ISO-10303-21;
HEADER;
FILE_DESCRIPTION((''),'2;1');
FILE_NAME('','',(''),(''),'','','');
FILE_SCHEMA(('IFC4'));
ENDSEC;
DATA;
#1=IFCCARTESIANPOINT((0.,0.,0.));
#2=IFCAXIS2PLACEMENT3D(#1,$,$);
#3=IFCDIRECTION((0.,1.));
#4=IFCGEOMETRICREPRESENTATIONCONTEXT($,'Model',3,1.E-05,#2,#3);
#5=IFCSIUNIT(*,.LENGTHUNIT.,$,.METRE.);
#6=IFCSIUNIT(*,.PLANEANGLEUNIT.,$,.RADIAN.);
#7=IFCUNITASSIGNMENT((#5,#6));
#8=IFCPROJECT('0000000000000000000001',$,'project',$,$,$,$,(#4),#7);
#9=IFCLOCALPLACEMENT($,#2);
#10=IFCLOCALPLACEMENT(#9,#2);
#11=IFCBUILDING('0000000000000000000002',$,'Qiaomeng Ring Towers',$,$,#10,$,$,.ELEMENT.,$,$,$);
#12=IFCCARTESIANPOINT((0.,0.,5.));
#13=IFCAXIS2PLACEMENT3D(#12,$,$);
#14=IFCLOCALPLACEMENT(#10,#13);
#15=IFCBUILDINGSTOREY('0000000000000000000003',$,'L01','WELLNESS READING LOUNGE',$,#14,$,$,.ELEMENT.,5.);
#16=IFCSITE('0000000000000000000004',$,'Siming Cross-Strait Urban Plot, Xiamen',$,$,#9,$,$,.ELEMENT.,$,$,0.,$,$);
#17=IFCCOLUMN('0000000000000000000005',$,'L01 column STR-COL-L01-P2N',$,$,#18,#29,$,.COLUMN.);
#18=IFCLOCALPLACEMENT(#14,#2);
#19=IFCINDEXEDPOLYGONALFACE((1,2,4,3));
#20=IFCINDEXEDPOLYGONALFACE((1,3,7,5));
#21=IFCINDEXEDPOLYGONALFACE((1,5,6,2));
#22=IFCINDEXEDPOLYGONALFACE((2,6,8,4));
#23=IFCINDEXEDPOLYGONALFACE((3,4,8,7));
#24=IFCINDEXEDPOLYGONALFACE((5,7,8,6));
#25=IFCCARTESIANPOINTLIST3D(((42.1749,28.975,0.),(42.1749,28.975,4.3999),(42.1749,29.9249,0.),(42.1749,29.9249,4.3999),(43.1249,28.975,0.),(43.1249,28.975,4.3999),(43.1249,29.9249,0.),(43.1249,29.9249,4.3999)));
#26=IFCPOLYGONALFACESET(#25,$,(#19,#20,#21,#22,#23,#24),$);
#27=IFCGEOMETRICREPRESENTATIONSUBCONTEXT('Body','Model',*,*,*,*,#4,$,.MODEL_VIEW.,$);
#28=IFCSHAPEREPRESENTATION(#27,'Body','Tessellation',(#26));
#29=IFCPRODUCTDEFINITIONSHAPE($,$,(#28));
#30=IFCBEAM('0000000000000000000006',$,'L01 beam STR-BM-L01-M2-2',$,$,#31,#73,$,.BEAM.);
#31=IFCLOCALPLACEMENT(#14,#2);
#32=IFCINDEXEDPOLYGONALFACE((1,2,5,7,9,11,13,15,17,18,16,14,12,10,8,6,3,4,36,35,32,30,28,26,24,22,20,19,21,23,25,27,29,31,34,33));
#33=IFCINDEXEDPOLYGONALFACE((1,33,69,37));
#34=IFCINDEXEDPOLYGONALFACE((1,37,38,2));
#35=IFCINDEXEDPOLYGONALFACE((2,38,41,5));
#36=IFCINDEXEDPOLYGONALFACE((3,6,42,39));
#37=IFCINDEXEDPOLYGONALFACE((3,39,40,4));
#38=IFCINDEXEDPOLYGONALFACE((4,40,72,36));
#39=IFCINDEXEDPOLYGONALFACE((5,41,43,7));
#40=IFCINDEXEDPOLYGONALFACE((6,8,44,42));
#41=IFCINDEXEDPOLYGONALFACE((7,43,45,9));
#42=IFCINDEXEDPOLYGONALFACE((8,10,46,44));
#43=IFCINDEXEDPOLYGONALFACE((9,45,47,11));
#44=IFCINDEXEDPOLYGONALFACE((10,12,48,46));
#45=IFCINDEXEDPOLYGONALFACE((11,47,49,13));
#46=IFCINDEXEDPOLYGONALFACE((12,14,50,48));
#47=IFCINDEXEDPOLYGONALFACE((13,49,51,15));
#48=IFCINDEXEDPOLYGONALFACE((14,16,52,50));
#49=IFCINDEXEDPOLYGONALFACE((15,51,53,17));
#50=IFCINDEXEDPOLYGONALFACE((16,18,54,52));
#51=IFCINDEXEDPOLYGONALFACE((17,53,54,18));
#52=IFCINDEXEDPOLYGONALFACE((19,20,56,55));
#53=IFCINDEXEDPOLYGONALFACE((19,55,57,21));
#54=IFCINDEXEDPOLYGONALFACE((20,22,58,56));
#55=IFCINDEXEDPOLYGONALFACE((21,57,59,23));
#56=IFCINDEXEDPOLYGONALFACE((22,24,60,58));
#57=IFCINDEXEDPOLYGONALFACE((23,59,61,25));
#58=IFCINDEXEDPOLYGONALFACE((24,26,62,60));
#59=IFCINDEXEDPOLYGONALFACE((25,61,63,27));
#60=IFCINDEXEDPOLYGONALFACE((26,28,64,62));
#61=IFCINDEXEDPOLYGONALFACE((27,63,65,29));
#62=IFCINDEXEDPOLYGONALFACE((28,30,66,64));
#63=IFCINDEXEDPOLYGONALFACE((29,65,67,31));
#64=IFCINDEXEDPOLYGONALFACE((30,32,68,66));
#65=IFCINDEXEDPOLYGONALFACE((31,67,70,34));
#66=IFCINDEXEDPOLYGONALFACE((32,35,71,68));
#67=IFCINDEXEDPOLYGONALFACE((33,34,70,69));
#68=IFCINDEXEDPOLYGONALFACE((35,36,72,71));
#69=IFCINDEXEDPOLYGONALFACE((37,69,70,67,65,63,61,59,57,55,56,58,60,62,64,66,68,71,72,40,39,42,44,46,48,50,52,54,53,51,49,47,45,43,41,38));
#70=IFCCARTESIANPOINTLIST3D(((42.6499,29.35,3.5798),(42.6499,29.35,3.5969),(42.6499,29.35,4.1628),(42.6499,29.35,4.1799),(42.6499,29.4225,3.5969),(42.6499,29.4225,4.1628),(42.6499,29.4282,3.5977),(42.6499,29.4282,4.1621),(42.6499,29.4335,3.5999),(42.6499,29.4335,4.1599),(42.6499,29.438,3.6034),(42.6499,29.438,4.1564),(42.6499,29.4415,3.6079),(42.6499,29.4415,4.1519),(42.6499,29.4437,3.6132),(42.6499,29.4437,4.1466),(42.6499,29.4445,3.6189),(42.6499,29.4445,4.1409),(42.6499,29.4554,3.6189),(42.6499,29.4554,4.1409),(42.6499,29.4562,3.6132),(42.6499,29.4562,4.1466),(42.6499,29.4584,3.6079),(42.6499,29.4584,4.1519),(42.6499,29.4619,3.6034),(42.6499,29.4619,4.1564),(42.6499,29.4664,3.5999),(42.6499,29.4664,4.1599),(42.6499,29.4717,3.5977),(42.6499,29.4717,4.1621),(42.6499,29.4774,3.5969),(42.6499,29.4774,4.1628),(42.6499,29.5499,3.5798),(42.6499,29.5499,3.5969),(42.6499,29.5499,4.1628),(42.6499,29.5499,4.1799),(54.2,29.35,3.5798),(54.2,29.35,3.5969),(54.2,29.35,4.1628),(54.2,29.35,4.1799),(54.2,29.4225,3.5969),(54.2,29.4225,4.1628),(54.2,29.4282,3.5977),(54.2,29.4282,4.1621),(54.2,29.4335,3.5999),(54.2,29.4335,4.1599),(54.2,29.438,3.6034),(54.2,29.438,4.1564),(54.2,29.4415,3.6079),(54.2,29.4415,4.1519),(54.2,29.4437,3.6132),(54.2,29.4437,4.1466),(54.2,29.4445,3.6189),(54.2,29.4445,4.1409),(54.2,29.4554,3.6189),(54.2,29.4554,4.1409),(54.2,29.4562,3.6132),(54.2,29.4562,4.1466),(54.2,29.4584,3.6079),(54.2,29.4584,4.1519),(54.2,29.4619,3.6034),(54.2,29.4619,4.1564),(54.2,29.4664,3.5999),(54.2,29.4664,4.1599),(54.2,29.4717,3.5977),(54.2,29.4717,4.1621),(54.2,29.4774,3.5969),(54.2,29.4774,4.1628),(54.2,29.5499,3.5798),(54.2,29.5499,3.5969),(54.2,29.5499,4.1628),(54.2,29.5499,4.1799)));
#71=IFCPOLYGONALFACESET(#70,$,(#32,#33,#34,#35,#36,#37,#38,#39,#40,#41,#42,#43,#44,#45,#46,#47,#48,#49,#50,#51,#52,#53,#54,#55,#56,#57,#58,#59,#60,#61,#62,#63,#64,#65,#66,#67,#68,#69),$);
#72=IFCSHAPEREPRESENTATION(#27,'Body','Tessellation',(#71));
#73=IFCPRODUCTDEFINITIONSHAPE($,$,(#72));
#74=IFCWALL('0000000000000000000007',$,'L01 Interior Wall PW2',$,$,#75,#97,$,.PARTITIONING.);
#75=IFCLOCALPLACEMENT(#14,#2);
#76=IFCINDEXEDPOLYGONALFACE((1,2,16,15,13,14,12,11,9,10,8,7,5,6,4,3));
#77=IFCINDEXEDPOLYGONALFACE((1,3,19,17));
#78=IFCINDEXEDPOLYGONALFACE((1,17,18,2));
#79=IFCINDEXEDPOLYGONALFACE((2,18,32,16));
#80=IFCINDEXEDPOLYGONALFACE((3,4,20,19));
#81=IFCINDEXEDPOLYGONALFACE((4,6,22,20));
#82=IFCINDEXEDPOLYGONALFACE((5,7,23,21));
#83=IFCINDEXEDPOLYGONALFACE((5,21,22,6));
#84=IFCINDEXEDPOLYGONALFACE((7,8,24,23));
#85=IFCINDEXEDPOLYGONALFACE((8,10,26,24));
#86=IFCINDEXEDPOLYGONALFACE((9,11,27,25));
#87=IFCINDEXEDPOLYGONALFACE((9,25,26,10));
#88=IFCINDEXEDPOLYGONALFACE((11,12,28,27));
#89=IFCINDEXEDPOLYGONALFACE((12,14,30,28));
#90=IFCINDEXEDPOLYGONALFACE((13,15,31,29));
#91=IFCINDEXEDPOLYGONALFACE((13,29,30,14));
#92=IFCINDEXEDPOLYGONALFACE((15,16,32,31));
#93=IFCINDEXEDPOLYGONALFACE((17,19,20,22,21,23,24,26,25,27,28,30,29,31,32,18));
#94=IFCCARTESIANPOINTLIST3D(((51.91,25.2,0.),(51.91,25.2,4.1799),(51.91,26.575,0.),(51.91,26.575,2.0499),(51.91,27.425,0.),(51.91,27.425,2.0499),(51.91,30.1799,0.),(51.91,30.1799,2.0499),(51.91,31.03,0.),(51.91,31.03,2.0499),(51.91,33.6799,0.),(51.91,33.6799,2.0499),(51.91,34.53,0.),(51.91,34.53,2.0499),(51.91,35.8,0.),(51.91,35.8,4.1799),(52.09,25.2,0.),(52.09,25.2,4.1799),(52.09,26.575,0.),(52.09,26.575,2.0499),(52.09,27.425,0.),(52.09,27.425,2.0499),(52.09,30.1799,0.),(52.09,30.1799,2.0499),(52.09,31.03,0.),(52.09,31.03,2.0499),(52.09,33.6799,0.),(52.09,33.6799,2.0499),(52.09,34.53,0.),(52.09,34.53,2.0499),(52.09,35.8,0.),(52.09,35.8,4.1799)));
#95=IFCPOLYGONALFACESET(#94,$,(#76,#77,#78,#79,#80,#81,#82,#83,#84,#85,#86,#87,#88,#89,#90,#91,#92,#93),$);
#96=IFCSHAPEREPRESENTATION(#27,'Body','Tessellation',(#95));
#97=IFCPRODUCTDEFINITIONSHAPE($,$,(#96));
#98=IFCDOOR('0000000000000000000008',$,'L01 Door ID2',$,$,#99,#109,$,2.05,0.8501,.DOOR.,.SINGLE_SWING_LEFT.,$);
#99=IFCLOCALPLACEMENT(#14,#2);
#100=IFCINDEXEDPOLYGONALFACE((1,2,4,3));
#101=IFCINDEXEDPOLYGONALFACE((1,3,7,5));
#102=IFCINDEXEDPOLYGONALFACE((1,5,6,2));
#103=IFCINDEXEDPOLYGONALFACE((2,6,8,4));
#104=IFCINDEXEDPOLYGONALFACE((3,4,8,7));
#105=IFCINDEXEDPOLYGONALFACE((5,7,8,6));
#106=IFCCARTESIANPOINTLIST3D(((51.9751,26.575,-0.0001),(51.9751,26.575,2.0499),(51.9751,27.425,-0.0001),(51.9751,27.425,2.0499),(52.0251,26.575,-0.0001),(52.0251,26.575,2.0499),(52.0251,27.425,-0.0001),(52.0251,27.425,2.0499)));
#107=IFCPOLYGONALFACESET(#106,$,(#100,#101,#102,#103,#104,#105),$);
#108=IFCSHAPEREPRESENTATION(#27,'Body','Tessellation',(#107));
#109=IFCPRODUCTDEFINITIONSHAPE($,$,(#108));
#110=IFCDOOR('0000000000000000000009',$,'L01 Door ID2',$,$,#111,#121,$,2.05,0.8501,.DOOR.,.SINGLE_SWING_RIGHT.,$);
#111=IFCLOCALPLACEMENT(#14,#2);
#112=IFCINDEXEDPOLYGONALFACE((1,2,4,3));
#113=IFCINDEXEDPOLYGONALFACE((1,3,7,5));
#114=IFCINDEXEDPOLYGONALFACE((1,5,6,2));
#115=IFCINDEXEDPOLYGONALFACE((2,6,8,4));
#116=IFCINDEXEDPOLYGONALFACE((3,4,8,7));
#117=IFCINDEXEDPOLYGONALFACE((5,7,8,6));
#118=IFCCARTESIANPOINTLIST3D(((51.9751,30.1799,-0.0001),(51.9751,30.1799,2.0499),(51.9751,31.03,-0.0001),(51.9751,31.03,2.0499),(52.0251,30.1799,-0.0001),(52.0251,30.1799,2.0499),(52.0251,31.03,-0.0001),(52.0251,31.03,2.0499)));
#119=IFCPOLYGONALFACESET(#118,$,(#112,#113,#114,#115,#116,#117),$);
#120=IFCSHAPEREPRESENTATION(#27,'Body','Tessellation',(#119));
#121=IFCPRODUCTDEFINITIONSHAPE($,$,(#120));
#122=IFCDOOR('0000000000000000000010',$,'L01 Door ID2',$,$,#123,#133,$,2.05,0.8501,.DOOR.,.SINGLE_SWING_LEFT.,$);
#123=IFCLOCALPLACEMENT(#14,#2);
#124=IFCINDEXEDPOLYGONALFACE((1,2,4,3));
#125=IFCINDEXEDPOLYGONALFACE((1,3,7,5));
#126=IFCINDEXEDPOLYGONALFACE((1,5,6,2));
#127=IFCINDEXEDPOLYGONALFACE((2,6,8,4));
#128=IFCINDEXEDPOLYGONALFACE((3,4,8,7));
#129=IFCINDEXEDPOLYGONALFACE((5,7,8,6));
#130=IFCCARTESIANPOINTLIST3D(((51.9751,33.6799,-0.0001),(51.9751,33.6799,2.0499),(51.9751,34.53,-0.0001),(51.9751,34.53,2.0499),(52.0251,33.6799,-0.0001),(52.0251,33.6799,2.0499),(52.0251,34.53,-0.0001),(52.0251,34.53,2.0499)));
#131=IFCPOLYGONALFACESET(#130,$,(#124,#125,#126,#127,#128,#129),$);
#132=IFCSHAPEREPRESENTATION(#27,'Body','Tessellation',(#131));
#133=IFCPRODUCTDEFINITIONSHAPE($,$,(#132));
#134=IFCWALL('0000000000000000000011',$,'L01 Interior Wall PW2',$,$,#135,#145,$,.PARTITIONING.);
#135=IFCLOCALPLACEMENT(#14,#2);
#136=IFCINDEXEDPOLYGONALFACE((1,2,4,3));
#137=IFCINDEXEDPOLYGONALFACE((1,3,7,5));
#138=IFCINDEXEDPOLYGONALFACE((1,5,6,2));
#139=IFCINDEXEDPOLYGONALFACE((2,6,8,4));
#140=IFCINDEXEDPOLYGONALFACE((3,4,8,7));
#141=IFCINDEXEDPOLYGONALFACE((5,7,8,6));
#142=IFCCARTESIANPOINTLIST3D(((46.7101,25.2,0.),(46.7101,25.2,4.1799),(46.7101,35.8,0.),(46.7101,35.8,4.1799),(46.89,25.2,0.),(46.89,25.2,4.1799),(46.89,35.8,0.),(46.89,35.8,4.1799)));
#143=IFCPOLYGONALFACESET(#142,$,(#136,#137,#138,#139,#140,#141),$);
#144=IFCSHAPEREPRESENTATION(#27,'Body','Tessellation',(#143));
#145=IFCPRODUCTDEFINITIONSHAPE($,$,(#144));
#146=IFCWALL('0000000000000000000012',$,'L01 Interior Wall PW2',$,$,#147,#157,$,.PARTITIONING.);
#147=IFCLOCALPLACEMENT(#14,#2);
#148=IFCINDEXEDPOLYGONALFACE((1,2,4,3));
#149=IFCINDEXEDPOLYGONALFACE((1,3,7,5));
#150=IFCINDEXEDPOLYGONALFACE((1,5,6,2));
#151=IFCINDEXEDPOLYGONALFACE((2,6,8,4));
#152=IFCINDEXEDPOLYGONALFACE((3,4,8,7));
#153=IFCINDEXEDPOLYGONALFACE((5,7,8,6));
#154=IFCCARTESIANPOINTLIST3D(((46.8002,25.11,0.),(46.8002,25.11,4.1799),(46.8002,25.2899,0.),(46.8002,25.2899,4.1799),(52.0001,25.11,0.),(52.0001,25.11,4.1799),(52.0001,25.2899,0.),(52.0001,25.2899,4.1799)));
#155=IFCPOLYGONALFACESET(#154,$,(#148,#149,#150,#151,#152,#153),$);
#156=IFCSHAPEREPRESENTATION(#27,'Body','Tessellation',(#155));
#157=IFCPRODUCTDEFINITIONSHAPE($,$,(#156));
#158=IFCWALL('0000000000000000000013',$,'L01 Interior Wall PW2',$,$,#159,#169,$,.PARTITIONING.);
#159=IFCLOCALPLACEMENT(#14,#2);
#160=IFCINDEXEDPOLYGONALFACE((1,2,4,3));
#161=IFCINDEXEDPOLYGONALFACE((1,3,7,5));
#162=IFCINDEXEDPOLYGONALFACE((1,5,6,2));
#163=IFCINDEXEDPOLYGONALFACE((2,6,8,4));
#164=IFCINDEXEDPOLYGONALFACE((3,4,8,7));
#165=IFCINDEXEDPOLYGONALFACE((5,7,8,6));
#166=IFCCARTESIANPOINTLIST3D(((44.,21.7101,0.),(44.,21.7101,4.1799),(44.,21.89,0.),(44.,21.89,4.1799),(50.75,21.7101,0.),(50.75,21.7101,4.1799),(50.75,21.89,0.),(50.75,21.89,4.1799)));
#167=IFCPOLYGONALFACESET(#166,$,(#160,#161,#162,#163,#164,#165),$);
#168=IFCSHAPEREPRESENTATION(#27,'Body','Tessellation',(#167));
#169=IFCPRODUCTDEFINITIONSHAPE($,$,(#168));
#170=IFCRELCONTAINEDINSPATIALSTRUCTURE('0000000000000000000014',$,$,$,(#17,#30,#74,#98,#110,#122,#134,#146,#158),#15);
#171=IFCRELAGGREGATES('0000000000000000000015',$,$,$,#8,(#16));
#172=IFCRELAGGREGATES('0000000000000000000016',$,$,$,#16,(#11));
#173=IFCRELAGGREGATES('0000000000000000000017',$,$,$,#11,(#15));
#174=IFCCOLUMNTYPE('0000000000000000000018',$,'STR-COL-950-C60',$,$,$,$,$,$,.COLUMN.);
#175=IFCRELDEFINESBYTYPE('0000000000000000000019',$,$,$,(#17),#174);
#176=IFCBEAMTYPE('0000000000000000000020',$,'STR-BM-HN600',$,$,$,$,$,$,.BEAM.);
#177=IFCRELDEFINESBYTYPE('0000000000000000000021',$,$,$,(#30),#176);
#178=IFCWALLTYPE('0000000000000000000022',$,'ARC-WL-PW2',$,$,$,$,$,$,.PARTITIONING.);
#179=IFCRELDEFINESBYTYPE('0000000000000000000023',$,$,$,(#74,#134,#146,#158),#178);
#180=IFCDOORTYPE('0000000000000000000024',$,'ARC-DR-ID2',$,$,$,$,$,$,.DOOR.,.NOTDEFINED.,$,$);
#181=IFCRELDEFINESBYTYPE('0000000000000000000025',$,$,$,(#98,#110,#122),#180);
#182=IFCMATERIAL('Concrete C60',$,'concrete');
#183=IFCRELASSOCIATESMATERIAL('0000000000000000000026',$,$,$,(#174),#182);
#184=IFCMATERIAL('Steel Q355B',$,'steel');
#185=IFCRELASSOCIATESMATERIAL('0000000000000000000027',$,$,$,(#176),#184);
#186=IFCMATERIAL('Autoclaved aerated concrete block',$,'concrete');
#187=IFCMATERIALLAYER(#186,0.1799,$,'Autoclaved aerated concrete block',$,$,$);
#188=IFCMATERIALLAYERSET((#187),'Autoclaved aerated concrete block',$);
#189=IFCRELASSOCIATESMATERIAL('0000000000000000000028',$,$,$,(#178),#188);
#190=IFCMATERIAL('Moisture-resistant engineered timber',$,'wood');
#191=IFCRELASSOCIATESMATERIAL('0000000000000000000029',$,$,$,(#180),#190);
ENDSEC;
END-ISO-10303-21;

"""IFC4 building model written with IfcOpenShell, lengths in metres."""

from ifc_helpers import new_model, si_unit, direction, frame, frame_2d, origin, origin_2d, place, context, subcontext, project, spatial, rectangle, i_section, extrude, source, transform, mapped, material, layer, layer_set, material_profile, profile_set, type_object, element, fill, save


model = new_model("IFC4")

# Units and contexts
model_context = context("Model", 3, precision=1e-05, world=origin(), true_north=direction((0.0, 1.0)))
body_context = subcontext(model_context, "Body", "Model", "MODEL_VIEW")
ifc_project = project(units=[si_unit("LENGTHUNIT", "METRE"), si_unit("PLANEANGLEUNIT", "RADIAN")], contexts=[model_context])

# Site, building, storey
site_placement = place(None, origin())
site = spatial("IfcSite", under=ifc_project, at=site_placement, Name="Siming Cross-Strait Urban Plot, Xiamen", CompositionType="ELEMENT", RefElevation=0.0)
building_placement = place(site_placement, origin())
building = spatial("IfcBuilding", under=site, at=building_placement, Name="Qiaomeng Ring Towers", CompositionType="ELEMENT")
storey_placement = place(building_placement, frame((0.0, 0.0, 5.0)))
storey = spatial("IfcBuildingStorey", under=building, at=storey_placement, Name="L01", Description="WELLNESS READING LOUNGE", CompositionType="ELEMENT", Elevation=5.0)

# Column
ifc_material_1 = material(Name="Concrete C60", Category="concrete")
ifc_material_profile_1 = material_profile(ifc_material_1, rectangle(XDim=0.95, YDim=0.95, at=origin_2d()), Name="RC COL 950x950")
ifc_profile_set_1 = profile_set([ifc_material_profile_1], Name="Concrete C60")
column_type = type_object("IfcColumnType", Name="STR-COL-950-C60", PredefinedType="COLUMN", material=ifc_profile_set_1)
shared_shape_1 = source(origin(), body_context, "Body", "SweptSolid", [
    extrude(rectangle(XDim=0.95, YDim=0.95, at=origin_2d()), origin(), (0.0, 0.0, 1.0), 4.3999),
])
column_placement = place(storey_placement, frame((42.6499, 29.45, 0.0), z_axis=(0.0, 0.0, 1.0), x_axis=(1.0, 0.0, 0.0)))
element("IfcColumn", 1, at=column_placement, inside=storey, type_object=column_type, Name="L01 column STR-COL-L01-P2N", PredefinedType="COLUMN", context=body_context, shape_type="MappedRepresentation", body=[
    mapped(shared_shape_1, transform((0.0, 0.0, 0.0), x_axis=(1.0, 0.0, 0.0), y_axis=(0.0, 1.0, 0.0), z_axis=(0.0, 0.0, 1.0), scale=1.0)),
])

# Beam
ifc_material_2 = material(Name="Steel Q355B", Category="steel")
ifc_material_profile_2 = material_profile(ifc_material_2, i_section(OverallWidth=0.2, OverallDepth=0.6001, WebThickness=0.011, FlangeThickness=0.0171, FilletRadius=0.022, at=origin_2d()), Name="HN 600x200x11x17")
ifc_profile_set_2 = profile_set([ifc_material_profile_2], Name="Steel Q355B")
beam_type = type_object("IfcBeamType", Name="STR-BM-HN600", PredefinedType="BEAM", material=ifc_profile_set_2)
shared_shape_2 = source(origin(), body_context, "Body", "SweptSolid", [
    extrude(i_section(OverallWidth=0.2, OverallDepth=0.6001, WebThickness=0.011, FlangeThickness=0.0171, FilletRadius=0.022, at=origin_2d()), origin(), (0.0, 0.0, 1.0), 11.55),
])
beam_placement = place(storey_placement, frame((42.6499, 29.45, 3.8799), z_axis=(1.0, 0.0, 0.0), x_axis=(0.0, 1.0, 0.0)))
element("IfcBeam", 2, at=beam_placement, inside=storey, type_object=beam_type, Name="L01 beam STR-BM-L01-M2-2", PredefinedType="BEAM", context=body_context, shape_type="MappedRepresentation", body=[
    mapped(shared_shape_2, transform((0.0, 0.0, 0.0), x_axis=(1.0, 0.0, 0.0), y_axis=(0.0, 1.0, 0.0), z_axis=(0.0, 0.0, 1.0), scale=1.0)),
])

# Wall, openings, doors
ifc_material_3 = material(Name="Autoclaved aerated concrete block", Category="concrete")
ifc_layer_1 = layer(ifc_material_3, 0.1799, Name="Autoclaved aerated concrete block")
ifc_layer_set_1 = layer_set([ifc_layer_1], Name="Autoclaved aerated concrete block")
wall_type_1 = type_object("IfcWallType", Name="ARC-WL-PW2", PredefinedType="PARTITIONING", material=ifc_layer_set_1)
wall_1_placement = place(storey_placement, frame((52.0, 25.2, 0.0), z_axis=(0.0, 0.0, 1.0), x_axis=(0.0, 1.0, 0.0)))
wall_1 = element("IfcWall", 3, at=wall_1_placement, inside=storey, type_object=wall_type_1, Name="L01 Interior Wall PW2", PredefinedType="PARTITIONING", context=body_context, shape_type="SweptSolid", body=[
    extrude(rectangle(XDim=10.6001, YDim=0.1799, at=frame_2d((5.3, 0.0))), origin(), (0.0, 0.0, 1.0), 4.1799),
])
opening_1_placement = place(wall_1_placement, frame((1.375, 0.0, 0.0)))
opening_1 = element("IfcOpeningElement", 4, at=opening_1_placement, cuts=wall_1, PredefinedType="OPENING", context=body_context, shape_type="SweptSolid", body=[
    extrude(rectangle(XDim=0.8501, YDim=2.05, at=frame_2d((0.425, 1.0249))), frame((0.0, 0.0999, 0.0), z_axis=(0.0, -1.0, 0.0), x_axis=(1.0, 0.0, 0.0)), (0.0, 0.0, 1.0), 0.2),
])
opening_2_placement = place(wall_1_placement, frame((4.98, 0.0, 0.0)))
opening_2 = element("IfcOpeningElement", 5, at=opening_2_placement, cuts=wall_1, PredefinedType="OPENING", context=body_context, shape_type="SweptSolid", body=[
    extrude(rectangle(XDim=0.8501, YDim=2.05, at=frame_2d((0.425, 1.0249))), frame((0.0, 0.0999, 0.0), z_axis=(0.0, -1.0, 0.0), x_axis=(1.0, 0.0, 0.0)), (0.0, 0.0, 1.0), 0.2),
])
opening_3_placement = place(wall_1_placement, frame((8.48, 0.0, 0.0)))
opening_3 = element("IfcOpeningElement", 6, at=opening_3_placement, cuts=wall_1, PredefinedType="OPENING", context=body_context, shape_type="SweptSolid", body=[
    extrude(rectangle(XDim=0.8501, YDim=2.05, at=frame_2d((0.425, 1.0249))), frame((0.0, 0.0999, 0.0), z_axis=(0.0, -1.0, 0.0), x_axis=(1.0, 0.0, 0.0)), (0.0, 0.0, 1.0), 0.2),
])
ifc_material_4 = material(Name="Moisture-resistant engineered timber", Category="wood")
door_type_1 = type_object("IfcDoorType", Name="ARC-DR-ID2", OperationType="NOTDEFINED", PredefinedType="DOOR", material=ifc_material_4)
shared_shape_3 = source(origin(), body_context, "Body", "SweptSolid", [
    extrude(rectangle(XDim=0.8501, YDim=2.05, at=frame_2d((0.425, 1.0249))), frame((0.0, 0.0249, 0.0), z_axis=(0.0, -1.0, 0.0), x_axis=(1.0, 0.0, 0.0)), (0.0, 0.0, 1.0), 0.05),
])
door_1_placement = place(opening_1_placement, origin())
door_1 = element("IfcDoor", 7, at=door_1_placement, inside=storey, type_object=door_type_1, Name="L01 Door ID2", OperationType="SINGLE_SWING_LEFT", OverallHeight=2.05, OverallWidth=0.8501, PredefinedType="DOOR", context=body_context, shape_type="MappedRepresentation", body=[
    mapped(shared_shape_3, transform((0.0, 0.0, 0.0), x_axis=(1.0, 0.0, 0.0), y_axis=(0.0, 1.0, 0.0), z_axis=(0.0, 0.0, 1.0), scale=1.0)),
])
fill(opening_1, door_1)
door_2_placement = place(opening_2_placement, origin())
door_2 = element("IfcDoor", 8, at=door_2_placement, inside=storey, type_object=door_type_1, Name="L01 Door ID2", OperationType="SINGLE_SWING_RIGHT", OverallHeight=2.05, OverallWidth=0.8501, PredefinedType="DOOR", context=body_context, shape_type="MappedRepresentation", body=[
    mapped(shared_shape_3, transform((0.0, 0.0, 0.0), x_axis=(1.0, 0.0, 0.0), y_axis=(0.0, 1.0, 0.0), z_axis=(0.0, 0.0, 1.0), scale=1.0)),
])
fill(opening_2, door_2)
door_3_placement = place(opening_3_placement, origin())
door_3 = element("IfcDoor", 9, at=door_3_placement, inside=storey, type_object=door_type_1, Name="L01 Door ID2", OperationType="SINGLE_SWING_LEFT", OverallHeight=2.05, OverallWidth=0.8501, PredefinedType="DOOR", context=body_context, shape_type="MappedRepresentation", body=[
    mapped(shared_shape_3, transform((0.0, 0.0, 0.0), x_axis=(1.0, 0.0, 0.0), y_axis=(0.0, 1.0, 0.0), z_axis=(0.0, 0.0, 1.0), scale=1.0)),
])
fill(opening_3, door_3)

# Walls
wall_2_placement = place(storey_placement, frame((46.8, 25.2, 0.0), z_axis=(0.0, 0.0, 1.0), x_axis=(0.0, 1.0, 0.0)))
element("IfcWall", 10, at=wall_2_placement, inside=storey, type_object=wall_type_1, Name="L01 Interior Wall PW2", PredefinedType="PARTITIONING", context=body_context, shape_type="SweptSolid", body=[
    extrude(rectangle(XDim=10.6001, YDim=0.1799, at=frame_2d((5.3, 0.0))), origin(), (0.0, 0.0, 1.0), 4.1799),
])
wall_3_placement = place(storey_placement, frame((46.8, 25.2, 0.0), z_axis=(0.0, 0.0, 1.0), x_axis=(1.0, 0.0, 0.0)))
element("IfcWall", 11, at=wall_3_placement, inside=storey, type_object=wall_type_1, Name="L01 Interior Wall PW2", PredefinedType="PARTITIONING", context=body_context, shape_type="SweptSolid", body=[
    extrude(rectangle(XDim=5.2, YDim=0.1799, at=frame_2d((2.6001, 0.0))), origin(), (0.0, 0.0, 1.0), 4.1799),
])
wall_4_placement = place(storey_placement, frame((44.0, 21.8, 0.0), z_axis=(0.0, 0.0, 1.0), x_axis=(1.0, 0.0, 0.0)))
element("IfcWall", 12, at=wall_4_placement, inside=storey, type_object=wall_type_1, Name="L01 Interior Wall PW2", PredefinedType="PARTITIONING", context=body_context, shape_type="SweptSolid", body=[
    extrude(rectangle(XDim=6.75, YDim=0.1799, at=frame_2d((3.375, 0.0))), origin(), (0.0, 0.0, 1.0), 4.1799),
])

save(model, "model.ifc")
